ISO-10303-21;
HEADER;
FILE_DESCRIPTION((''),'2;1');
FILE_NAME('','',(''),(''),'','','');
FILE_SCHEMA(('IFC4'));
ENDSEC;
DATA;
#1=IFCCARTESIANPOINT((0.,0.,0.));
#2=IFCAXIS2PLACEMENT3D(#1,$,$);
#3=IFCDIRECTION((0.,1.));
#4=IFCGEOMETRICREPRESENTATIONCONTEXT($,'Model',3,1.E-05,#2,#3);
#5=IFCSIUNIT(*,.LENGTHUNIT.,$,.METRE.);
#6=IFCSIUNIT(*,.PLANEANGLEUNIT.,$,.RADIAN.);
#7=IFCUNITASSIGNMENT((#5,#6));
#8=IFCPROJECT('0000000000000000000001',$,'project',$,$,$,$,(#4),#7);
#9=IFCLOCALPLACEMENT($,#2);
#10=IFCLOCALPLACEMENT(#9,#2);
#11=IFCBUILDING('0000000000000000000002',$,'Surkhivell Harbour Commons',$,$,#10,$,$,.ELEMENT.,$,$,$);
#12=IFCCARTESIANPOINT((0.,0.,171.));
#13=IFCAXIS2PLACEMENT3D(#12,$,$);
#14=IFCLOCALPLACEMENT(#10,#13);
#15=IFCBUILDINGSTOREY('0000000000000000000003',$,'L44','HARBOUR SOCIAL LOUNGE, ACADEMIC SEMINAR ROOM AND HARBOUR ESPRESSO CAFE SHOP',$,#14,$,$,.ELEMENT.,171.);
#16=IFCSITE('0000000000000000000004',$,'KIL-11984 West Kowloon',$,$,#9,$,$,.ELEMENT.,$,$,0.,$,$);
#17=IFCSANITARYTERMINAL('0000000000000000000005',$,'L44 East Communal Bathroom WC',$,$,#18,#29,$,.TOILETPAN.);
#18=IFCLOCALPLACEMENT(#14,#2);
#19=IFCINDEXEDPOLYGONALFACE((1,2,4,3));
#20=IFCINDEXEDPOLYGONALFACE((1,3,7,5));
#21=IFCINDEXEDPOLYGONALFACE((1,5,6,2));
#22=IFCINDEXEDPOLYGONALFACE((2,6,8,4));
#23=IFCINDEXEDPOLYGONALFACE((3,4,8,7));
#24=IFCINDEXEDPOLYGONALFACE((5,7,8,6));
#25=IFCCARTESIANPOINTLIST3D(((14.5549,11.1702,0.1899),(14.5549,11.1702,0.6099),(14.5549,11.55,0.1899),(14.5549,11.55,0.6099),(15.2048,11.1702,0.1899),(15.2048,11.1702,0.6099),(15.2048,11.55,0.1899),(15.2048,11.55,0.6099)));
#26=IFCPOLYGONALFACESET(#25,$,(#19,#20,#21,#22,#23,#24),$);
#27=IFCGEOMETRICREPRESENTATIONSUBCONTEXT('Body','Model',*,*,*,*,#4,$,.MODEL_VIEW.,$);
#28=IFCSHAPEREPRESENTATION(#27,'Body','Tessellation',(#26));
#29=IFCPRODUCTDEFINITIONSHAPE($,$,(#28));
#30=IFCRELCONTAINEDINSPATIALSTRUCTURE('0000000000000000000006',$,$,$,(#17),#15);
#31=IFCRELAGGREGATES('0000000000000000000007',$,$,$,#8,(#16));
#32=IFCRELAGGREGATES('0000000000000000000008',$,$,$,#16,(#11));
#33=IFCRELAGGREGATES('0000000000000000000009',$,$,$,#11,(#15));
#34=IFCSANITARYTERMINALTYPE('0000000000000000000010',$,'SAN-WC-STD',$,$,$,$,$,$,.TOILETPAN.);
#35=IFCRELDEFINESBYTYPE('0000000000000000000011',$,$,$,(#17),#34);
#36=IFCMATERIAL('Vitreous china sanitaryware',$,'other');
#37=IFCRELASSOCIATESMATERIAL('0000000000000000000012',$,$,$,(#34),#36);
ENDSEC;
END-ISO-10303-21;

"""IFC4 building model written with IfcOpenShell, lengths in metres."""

from ifc_helpers import new_model, si_unit, direction, frame, origin, origin_2d, place, context, subcontext, project, spatial, rectangle, extrude, material, type_object, element, save


model = new_model("IFC4")

# Units and contexts
model_context = context("Model", 3, precision=1e-05, world=origin(), true_north=direction((0.0, 1.0)))
body_context = subcontext(model_context, "Body", "Model", "MODEL_VIEW")
ifc_project = project(units=[si_unit("LENGTHUNIT", "METRE"), si_unit("PLANEANGLEUNIT", "RADIAN")], contexts=[model_context])

# Site, building, storey
site_placement = place(None, origin())
site = spatial("IfcSite", under=ifc_project, at=site_placement, Name="KIL-11984 West Kowloon", CompositionType="ELEMENT", RefElevation=0.0)
building_placement = place(site_placement, origin())
building = spatial("IfcBuilding", under=site, at=building_placement, Name="Surkhivell Harbour Commons", CompositionType="ELEMENT")
storey_placement = place(building_placement, frame((0.0, 0.0, 171.0)))
storey = spatial("IfcBuildingStorey", under=building, at=storey_placement, Name="L44", Description="HARBOUR SOCIAL LOUNGE, ACADEMIC SEMINAR ROOM AND HARBOUR ESPRESSO CAFE SHOP", CompositionType="ELEMENT", Elevation=171.0)

# Sanitary terminal
ifc_material_1 = material(Name="Vitreous china sanitaryware", Category="other")
sanitary_terminal_type_1 = type_object("IfcSanitaryTerminalType", Name="SAN-WC-STD", PredefinedType="TOILETPAN", material=ifc_material_1)
sanitary_terminal_1_placement = place(storey_placement, frame((14.8799, 11.3601, 0.1899), z_axis=(0.0, 0.0, 1.0), x_axis=(1.0, 0.0, 0.0)))
element("IfcSanitaryTerminal", 1, at=sanitary_terminal_1_placement, inside=storey, type_object=sanitary_terminal_type_1, Name="L44 East Communal Bathroom WC", PredefinedType="TOILETPAN", context=body_context, shape_type="SweptSolid", body=[
    extrude(rectangle(XDim=0.6499, YDim=0.3799, at=origin_2d()), origin(), (0.0, 0.0, 1.0), 0.4199),
])

save(model, "model.ifc")
